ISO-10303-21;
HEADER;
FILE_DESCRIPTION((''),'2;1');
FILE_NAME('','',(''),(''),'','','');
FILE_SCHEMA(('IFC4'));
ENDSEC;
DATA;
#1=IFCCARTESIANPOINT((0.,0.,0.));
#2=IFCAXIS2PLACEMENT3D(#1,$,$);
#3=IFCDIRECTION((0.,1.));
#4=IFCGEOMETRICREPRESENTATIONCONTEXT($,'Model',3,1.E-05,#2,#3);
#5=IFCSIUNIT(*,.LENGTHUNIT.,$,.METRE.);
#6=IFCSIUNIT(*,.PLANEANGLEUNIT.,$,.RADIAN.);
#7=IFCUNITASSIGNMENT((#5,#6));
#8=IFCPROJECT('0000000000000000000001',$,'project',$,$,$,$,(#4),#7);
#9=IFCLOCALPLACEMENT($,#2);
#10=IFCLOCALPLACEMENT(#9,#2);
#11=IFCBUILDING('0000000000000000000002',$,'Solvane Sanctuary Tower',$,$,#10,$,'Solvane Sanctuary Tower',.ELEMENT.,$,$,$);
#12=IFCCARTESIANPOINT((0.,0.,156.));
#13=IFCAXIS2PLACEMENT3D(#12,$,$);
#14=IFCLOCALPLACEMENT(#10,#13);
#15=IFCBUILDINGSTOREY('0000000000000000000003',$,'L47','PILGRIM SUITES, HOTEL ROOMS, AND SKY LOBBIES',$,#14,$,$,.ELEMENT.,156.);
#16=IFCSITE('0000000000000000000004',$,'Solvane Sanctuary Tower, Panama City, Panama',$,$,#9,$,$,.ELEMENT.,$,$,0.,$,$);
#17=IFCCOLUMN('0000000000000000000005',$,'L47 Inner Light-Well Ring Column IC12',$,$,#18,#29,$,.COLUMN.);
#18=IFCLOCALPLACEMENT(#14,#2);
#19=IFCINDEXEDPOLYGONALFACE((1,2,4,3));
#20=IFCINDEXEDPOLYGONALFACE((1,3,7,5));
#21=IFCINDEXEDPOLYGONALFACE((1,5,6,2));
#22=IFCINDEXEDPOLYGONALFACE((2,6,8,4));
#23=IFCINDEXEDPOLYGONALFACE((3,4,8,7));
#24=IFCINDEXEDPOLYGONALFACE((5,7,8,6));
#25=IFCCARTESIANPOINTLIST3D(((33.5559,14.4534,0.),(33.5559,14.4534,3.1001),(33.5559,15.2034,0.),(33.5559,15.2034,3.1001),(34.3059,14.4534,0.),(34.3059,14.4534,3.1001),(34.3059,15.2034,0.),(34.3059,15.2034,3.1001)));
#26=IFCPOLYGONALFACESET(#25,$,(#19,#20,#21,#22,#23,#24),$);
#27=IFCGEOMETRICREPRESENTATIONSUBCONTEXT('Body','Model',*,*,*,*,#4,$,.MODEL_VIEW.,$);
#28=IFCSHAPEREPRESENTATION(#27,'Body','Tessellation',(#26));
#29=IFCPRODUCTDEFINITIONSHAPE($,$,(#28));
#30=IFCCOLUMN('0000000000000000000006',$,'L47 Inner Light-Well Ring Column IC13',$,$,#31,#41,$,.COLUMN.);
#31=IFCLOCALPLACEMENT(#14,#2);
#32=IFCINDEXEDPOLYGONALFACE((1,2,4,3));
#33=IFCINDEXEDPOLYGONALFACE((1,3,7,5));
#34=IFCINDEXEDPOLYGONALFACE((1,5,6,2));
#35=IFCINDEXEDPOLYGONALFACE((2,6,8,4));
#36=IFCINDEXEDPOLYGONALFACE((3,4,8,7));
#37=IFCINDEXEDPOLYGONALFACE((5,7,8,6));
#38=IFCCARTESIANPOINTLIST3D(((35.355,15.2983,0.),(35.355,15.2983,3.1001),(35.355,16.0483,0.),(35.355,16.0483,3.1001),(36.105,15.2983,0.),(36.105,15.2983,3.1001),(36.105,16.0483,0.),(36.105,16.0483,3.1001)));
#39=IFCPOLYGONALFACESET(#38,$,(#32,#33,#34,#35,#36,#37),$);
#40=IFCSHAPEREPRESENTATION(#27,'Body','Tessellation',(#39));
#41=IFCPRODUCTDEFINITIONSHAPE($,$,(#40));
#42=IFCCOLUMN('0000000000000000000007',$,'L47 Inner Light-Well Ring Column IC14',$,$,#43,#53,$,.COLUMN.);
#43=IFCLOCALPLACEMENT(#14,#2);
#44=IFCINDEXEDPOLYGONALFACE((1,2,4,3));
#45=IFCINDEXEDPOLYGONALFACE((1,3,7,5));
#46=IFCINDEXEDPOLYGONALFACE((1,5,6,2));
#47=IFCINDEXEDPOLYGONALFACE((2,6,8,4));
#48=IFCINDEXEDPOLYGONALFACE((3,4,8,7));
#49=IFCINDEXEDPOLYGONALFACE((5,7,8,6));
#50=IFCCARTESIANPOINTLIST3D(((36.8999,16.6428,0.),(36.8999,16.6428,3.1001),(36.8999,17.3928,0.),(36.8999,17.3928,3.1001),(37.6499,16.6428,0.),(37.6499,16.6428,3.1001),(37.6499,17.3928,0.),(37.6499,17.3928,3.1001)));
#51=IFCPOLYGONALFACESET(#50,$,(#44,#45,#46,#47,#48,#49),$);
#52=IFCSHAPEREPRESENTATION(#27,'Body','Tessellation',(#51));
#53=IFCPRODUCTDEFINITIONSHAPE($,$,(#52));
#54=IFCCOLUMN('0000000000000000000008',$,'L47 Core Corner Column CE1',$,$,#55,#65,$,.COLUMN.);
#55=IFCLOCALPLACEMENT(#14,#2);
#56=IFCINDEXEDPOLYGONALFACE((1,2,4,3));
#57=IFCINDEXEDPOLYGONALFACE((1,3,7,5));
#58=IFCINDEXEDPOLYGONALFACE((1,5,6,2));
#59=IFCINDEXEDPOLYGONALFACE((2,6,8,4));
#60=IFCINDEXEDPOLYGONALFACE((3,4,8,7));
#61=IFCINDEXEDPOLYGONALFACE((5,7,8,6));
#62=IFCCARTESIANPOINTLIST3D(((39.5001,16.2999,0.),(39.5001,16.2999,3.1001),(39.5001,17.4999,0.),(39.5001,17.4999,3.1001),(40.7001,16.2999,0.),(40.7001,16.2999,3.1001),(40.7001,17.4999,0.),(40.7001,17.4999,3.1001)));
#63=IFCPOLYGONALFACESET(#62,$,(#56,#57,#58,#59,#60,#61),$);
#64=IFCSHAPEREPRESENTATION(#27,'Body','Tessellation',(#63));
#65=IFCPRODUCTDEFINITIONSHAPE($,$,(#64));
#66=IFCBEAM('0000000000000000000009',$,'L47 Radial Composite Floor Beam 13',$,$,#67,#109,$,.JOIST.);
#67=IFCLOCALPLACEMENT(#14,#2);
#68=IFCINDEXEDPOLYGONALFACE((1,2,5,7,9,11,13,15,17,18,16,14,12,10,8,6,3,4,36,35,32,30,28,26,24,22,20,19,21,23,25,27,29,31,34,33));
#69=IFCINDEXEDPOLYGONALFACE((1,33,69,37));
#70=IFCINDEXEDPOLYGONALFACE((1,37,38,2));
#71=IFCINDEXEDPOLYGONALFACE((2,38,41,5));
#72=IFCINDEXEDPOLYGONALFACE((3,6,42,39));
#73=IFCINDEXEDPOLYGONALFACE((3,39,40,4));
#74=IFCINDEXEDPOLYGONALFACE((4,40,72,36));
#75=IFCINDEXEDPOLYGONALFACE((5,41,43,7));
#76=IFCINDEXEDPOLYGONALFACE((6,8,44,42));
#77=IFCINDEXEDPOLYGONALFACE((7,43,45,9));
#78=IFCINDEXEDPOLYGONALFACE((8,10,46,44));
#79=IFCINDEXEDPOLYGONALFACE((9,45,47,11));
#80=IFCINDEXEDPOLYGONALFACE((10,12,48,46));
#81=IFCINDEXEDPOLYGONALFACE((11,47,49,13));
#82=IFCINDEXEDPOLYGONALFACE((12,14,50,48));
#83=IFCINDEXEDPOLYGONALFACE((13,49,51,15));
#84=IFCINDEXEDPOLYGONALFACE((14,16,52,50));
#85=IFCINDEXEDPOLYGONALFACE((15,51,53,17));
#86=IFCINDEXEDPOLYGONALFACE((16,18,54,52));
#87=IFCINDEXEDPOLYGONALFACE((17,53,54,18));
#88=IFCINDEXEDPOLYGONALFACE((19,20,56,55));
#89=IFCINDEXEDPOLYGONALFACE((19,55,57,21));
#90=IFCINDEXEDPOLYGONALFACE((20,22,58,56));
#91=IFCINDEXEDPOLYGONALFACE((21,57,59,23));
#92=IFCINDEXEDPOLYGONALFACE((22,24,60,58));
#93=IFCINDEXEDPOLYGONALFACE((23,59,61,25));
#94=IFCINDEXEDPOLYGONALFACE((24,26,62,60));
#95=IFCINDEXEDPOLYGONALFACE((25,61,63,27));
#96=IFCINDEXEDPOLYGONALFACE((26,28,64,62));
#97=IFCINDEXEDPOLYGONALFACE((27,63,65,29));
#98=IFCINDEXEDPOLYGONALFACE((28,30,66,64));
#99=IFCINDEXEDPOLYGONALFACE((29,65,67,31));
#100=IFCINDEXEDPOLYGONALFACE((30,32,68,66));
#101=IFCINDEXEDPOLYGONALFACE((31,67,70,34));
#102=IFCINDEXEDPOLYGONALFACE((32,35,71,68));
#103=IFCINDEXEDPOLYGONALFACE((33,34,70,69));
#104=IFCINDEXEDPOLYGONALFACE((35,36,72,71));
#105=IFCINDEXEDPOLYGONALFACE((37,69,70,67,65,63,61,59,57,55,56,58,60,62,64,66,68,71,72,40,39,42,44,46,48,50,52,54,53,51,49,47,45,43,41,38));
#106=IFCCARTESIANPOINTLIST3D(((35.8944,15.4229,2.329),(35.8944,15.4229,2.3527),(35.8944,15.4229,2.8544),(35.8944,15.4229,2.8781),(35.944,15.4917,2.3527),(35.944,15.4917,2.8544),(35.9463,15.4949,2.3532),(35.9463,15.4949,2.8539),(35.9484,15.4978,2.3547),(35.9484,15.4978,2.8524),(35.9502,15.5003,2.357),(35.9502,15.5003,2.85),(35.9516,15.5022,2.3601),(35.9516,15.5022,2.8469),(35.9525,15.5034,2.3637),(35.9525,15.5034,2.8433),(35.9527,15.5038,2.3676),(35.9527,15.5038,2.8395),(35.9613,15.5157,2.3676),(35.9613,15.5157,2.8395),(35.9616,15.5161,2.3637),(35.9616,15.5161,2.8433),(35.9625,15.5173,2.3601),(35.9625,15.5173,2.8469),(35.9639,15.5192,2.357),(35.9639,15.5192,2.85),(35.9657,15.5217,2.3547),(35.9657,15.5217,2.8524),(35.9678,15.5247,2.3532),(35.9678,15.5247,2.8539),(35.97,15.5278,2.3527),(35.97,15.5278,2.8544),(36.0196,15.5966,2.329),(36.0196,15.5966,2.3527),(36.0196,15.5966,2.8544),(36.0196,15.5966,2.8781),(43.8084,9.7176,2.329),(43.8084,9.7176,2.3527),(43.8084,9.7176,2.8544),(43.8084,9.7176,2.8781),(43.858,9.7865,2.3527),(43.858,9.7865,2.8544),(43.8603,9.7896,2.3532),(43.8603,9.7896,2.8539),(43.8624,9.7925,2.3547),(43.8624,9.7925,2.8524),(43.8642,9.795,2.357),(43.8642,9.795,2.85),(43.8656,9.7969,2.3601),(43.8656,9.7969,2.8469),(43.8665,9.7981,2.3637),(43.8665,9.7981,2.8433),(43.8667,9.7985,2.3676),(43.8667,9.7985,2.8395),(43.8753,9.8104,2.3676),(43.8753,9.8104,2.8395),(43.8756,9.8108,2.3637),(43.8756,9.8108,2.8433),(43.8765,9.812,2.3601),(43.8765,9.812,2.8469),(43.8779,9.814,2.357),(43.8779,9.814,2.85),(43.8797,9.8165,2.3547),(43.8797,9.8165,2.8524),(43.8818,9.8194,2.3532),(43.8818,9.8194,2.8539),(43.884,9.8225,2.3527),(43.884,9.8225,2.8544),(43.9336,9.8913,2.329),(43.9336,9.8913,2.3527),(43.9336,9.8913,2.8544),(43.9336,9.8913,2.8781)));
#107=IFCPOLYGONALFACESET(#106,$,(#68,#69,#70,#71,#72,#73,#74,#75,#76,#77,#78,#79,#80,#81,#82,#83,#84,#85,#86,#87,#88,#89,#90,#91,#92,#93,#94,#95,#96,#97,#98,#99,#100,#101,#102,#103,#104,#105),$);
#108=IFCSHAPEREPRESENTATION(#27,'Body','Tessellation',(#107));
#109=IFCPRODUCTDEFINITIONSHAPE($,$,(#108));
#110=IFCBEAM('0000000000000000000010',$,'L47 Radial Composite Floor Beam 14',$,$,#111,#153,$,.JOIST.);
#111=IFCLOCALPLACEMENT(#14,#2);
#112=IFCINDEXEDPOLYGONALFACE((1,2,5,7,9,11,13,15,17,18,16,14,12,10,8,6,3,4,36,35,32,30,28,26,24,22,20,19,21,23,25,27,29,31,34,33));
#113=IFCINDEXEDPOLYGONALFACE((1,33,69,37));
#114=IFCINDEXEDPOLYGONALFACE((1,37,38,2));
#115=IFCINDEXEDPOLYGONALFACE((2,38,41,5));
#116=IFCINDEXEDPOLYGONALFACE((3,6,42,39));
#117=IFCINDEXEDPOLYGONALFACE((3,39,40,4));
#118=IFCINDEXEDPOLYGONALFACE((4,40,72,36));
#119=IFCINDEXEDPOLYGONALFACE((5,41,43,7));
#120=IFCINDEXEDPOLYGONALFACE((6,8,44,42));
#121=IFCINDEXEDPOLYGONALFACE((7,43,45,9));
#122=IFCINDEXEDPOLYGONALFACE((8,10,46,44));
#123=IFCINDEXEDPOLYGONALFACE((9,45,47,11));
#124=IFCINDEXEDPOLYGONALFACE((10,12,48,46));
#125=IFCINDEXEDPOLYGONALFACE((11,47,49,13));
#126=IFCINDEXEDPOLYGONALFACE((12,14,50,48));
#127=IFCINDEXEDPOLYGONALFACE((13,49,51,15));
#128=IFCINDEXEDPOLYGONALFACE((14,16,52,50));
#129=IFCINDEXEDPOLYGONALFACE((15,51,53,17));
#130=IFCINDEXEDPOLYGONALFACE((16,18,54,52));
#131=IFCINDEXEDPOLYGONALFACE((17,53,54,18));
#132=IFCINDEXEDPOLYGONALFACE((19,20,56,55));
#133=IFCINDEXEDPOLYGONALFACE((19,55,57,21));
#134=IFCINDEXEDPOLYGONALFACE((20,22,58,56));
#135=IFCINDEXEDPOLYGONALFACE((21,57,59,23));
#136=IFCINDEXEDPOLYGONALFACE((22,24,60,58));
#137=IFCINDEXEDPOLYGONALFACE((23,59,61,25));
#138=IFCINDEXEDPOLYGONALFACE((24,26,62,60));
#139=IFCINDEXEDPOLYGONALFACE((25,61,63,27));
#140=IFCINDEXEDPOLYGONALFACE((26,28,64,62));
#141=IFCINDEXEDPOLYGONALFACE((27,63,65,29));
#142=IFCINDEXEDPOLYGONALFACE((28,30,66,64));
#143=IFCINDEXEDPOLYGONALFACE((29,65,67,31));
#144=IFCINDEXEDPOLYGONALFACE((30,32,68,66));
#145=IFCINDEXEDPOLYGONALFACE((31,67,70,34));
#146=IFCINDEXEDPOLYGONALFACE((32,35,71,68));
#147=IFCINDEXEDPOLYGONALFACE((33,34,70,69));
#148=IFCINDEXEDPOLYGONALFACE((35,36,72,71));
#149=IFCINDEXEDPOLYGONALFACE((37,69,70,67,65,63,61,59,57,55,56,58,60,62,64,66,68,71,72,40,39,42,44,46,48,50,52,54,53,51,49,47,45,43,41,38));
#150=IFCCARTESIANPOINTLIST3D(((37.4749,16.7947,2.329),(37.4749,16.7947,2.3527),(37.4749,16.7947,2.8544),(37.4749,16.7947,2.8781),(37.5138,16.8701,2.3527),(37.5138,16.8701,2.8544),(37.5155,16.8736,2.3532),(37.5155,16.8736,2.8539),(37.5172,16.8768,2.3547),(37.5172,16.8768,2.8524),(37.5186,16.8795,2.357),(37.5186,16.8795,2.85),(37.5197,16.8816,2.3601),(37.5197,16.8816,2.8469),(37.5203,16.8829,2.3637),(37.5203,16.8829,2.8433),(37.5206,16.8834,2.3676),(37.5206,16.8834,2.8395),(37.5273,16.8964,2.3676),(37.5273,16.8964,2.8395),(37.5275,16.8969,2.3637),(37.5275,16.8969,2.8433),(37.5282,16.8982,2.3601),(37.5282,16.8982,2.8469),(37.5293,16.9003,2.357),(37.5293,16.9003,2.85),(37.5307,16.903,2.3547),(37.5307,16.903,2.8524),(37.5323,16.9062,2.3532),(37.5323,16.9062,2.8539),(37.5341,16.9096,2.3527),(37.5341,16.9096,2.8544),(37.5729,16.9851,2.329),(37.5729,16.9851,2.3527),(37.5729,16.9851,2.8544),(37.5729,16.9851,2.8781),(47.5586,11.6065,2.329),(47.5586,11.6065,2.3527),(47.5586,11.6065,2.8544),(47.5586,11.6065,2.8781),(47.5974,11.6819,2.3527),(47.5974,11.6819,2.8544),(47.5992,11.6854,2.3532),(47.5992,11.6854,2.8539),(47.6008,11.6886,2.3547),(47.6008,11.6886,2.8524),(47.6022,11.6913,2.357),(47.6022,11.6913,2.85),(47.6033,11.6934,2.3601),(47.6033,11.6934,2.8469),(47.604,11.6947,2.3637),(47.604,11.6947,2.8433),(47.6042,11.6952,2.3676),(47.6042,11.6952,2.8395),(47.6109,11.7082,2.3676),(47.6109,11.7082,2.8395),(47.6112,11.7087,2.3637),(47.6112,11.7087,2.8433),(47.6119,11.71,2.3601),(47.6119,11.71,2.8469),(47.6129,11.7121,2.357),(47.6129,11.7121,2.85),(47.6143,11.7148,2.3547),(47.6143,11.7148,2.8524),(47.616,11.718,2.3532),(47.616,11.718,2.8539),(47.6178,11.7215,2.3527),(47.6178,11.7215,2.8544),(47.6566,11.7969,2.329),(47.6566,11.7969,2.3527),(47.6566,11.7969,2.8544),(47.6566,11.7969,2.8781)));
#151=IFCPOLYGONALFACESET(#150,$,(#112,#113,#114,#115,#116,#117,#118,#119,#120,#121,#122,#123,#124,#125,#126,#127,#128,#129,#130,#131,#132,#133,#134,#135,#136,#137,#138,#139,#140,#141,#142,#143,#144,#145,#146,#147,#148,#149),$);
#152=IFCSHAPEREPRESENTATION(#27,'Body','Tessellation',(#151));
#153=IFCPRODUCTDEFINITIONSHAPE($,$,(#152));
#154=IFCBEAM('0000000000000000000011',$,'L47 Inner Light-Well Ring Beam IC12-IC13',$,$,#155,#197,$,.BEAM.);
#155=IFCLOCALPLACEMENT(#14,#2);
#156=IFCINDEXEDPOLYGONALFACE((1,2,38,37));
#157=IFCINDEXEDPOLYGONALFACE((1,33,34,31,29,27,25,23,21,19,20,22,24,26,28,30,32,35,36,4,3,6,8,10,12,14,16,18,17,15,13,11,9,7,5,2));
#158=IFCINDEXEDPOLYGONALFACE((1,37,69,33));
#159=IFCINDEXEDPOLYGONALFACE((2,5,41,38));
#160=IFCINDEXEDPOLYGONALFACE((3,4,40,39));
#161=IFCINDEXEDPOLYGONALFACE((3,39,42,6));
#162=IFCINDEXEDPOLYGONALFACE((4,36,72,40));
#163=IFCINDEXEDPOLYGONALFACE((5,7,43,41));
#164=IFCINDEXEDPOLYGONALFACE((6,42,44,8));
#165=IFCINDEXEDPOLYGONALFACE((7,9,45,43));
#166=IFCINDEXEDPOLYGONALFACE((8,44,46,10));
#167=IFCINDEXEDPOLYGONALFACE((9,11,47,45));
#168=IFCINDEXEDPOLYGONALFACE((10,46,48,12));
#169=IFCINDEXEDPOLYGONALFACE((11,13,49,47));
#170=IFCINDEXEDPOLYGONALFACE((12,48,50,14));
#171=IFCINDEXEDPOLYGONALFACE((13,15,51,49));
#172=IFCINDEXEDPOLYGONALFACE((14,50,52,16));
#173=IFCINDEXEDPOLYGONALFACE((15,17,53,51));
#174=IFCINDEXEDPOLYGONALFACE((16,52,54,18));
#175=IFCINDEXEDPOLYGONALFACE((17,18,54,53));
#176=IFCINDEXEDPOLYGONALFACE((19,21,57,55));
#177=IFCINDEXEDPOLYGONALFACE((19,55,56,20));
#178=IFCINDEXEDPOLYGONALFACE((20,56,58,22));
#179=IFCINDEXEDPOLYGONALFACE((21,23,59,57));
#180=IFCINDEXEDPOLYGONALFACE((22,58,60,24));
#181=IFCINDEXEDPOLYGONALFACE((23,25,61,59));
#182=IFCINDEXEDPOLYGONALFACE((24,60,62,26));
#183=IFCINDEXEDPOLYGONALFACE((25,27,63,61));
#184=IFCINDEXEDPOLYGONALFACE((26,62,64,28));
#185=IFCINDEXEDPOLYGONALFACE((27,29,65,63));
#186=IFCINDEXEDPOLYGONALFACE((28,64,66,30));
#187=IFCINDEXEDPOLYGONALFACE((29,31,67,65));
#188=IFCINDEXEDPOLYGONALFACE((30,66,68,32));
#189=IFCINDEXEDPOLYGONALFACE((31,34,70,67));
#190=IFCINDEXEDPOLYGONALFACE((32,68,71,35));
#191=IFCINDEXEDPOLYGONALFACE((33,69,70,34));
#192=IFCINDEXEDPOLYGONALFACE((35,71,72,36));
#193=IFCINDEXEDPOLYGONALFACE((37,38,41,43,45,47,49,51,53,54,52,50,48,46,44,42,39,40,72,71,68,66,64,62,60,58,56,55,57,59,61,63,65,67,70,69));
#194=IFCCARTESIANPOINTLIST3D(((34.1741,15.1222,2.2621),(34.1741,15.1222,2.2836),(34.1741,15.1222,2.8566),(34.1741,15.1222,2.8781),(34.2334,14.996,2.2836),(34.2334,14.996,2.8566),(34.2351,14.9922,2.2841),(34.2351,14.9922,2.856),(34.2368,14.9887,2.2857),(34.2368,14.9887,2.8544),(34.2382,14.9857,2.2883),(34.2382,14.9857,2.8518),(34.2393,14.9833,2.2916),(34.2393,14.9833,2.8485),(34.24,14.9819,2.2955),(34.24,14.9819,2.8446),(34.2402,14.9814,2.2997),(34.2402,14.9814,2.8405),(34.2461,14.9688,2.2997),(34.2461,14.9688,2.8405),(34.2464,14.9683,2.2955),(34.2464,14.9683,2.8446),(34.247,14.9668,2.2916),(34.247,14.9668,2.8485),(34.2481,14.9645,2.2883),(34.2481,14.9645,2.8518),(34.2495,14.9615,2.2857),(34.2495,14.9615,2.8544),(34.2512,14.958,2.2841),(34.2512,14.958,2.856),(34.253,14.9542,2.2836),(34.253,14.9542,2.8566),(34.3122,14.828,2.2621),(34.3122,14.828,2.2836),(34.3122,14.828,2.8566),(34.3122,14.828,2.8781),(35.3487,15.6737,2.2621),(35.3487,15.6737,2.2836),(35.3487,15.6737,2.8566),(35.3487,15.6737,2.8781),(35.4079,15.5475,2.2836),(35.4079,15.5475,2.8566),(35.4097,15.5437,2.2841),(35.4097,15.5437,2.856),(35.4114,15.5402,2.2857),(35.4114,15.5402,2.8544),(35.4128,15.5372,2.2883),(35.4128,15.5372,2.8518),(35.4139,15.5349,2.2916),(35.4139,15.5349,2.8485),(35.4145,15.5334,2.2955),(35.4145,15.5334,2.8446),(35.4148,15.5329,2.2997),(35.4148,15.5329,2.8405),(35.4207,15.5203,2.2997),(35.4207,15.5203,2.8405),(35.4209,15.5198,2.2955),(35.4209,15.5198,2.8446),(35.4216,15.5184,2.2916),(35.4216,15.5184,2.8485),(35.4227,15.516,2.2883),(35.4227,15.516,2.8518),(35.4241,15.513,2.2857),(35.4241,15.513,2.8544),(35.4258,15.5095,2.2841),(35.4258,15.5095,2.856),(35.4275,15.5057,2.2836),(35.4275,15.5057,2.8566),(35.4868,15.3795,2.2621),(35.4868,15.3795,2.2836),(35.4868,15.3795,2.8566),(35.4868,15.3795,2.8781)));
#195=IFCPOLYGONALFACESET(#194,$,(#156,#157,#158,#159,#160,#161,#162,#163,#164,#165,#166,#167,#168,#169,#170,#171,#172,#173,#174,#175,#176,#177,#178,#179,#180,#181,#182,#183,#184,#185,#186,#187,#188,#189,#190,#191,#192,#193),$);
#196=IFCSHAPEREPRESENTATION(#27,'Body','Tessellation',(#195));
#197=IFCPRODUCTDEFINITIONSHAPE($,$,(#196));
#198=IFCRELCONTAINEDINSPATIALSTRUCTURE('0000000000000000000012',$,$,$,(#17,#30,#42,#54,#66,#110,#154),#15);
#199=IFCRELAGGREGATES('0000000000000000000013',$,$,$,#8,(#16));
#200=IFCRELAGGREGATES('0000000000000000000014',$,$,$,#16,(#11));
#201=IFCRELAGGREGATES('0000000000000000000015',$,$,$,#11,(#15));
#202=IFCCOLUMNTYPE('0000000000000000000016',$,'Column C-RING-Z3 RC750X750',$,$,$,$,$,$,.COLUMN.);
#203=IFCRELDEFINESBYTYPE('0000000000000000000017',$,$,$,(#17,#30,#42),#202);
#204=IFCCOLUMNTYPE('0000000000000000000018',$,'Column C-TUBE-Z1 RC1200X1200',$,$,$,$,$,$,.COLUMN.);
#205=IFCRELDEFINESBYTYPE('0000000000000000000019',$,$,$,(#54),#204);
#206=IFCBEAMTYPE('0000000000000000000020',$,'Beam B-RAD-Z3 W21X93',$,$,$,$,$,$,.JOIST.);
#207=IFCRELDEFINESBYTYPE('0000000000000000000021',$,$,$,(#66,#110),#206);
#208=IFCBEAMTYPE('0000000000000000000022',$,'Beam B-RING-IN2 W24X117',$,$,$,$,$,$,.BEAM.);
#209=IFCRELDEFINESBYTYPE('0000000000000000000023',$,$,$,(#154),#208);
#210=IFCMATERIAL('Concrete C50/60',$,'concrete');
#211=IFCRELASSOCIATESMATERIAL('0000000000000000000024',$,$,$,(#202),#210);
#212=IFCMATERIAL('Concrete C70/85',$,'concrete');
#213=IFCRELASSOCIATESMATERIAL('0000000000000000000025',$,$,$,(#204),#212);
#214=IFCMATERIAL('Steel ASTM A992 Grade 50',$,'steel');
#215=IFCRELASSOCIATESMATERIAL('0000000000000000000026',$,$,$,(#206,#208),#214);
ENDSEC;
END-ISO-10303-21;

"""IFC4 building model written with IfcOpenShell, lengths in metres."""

from ifc_helpers import new_model, si_unit, direction, frame, origin, origin_2d, place, context, subcontext, project, spatial, rectangle, i_section, extrude, material, material_profile, profile_set, type_object, element, save


model = new_model("IFC4")

# Units and contexts
model_context = context("Model", 3, precision=1e-05, world=origin(), true_north=direction((0.0, 1.0)))
body_context = subcontext(model_context, "Body", "Model", "MODEL_VIEW")
ifc_project = project(units=[si_unit("LENGTHUNIT", "METRE"), si_unit("PLANEANGLEUNIT", "RADIAN")], contexts=[model_context])

# Site, building, storey
site_placement = place(None, origin())
site = spatial("IfcSite", under=ifc_project, at=site_placement, Name="Solvane Sanctuary Tower, Panama City, Panama", CompositionType="ELEMENT", RefElevation=0.0)
building_placement = place(site_placement, origin())
building = spatial("IfcBuilding", under=site, at=building_placement, Name="Solvane Sanctuary Tower", LongName="Solvane Sanctuary Tower", CompositionType="ELEMENT")
storey_placement = place(building_placement, frame((0.0, 0.0, 156.0)))
storey = spatial("IfcBuildingStorey", under=building, at=storey_placement, Name="L47", Description="PILGRIM SUITES, HOTEL ROOMS, AND SKY LOBBIES", CompositionType="ELEMENT", Elevation=156.0)

# Columns
ifc_material_1 = material(Name="Concrete C50/60", Category="concrete")
ifc_material_profile_1 = material_profile(ifc_material_1, rectangle(XDim=0.75, YDim=0.75, at=origin_2d()), Name="RC750X750")
ifc_profile_set_1 = profile_set([ifc_material_profile_1], Name="Concrete C50/60")
column_type_1 = type_object("IfcColumnType", Name="Column C-RING-Z3 RC750X750", PredefinedType="COLUMN", material=ifc_profile_set_1)
for number, where, z_axis, x_axis, name in (
    (1, (33.9309, 14.8284, 0.0), (0.0, 0.0, 1.0), (1.0, 0.0, 0.0), "L47 Inner Light-Well Ring Column IC12"),
    (2, (35.73, 15.6733, 0.0), (0.0, 0.0, 1.0), (1.0, 0.0, 0.0), "L47 Inner Light-Well Ring Column IC13"),
    (3, (37.2749, 17.0178, 0.0), (0.0, 0.0, 1.0), (1.0, 0.0, 0.0), "L47 Inner Light-Well Ring Column IC14"),
):
    element("IfcColumn", number, at=place(storey_placement, frame(where, z_axis=z_axis, x_axis=x_axis)), inside=storey, type_object=column_type_1, Name=name, PredefinedType="COLUMN", context=body_context, shape_type="SweptSolid", body=[
        extrude(rectangle(XDim=0.75, YDim=0.75, at=origin_2d()), origin(), (0.0, 0.0, 1.0), 3.1001),
    ])
ifc_material_2 = material(Name="Concrete C70/85", Category="concrete")
ifc_material_profile_2 = material_profile(ifc_material_2, rectangle(XDim=1.2, YDim=1.2, at=origin_2d()), Name="RC1200X1200")
ifc_profile_set_2 = profile_set([ifc_material_profile_2], Name="Concrete C70/85")
column_type_2 = type_object("IfcColumnType", Name="Column C-TUBE-Z1 RC1200X1200", PredefinedType="COLUMN", material=ifc_profile_set_2)
column_placement = place(storey_placement, frame((40.1001, 16.8999, 0.0), z_axis=(0.0, 0.0, 1.0), x_axis=(1.0, 0.0, 0.0)))
element("IfcColumn", 4, at=column_placement, inside=storey, type_object=column_type_2, Name="L47 Core Corner Column CE1", PredefinedType="COLUMN", context=body_context, shape_type="SweptSolid", body=[
    extrude(rectangle(XDim=1.2, YDim=1.2, at=origin_2d()), origin(), (0.0, 0.0, 1.0), 3.1001),
])

# Beams
ifc_material_3 = material(Name="Steel ASTM A992 Grade 50", Category="steel")
ifc_material_profile_3 = material_profile(ifc_material_3, i_section(OverallWidth=0.2141, OverallDepth=0.5491, WebThickness=0.0146, FlangeThickness=0.0237, FilletRadius=0.0149, at=origin_2d()), Name="W21X93")
ifc_profile_set_3 = profile_set([ifc_material_profile_3], Name="Steel ASTM A992 Grade 50")
beam_type_1 = type_object("IfcBeamType", Name="Beam B-RAD-Z3 W21X93", PredefinedType="JOIST", material=ifc_profile_set_3)
beam_1_placement = place(storey_placement, frame((35.957, 15.5098, 2.6035), z_axis=(0.811184, -0.58479, 0.0), x_axis=(0.58479, 0.811184, 0.0)))
element("IfcBeam", 5, at=beam_1_placement, inside=storey, type_object=beam_type_1, Name="L47 Radial Composite Floor Beam 13", PredefinedType="JOIST", context=body_context, shape_type="SweptSolid", body=[
    extrude(i_section(OverallWidth=0.2141, OverallDepth=0.5491, WebThickness=0.0146, FlangeThickness=0.0237, FilletRadius=0.0149, at=origin_2d()), origin(), (0.0, 0.0, 1.0), 9.7561),
])
beam_2_placement = place(storey_placement, frame((37.5239, 16.8899, 2.6035), z_axis=(0.889205, -0.457509, 0.0), x_axis=(0.457509, 0.889205, 0.0)))
element("IfcBeam", 6, at=beam_2_placement, inside=storey, type_object=beam_type_1, Name="L47 Radial Composite Floor Beam 14", PredefinedType="JOIST", context=body_context, shape_type="SweptSolid", body=[
    extrude(i_section(OverallWidth=0.2141, OverallDepth=0.5491, WebThickness=0.0146, FlangeThickness=0.0237, FilletRadius=0.0149, at=origin_2d()), origin(), (0.0, 0.0, 1.0), 11.3401),
])
ifc_material_profile_4 = material_profile(ifc_material_3, i_section(OverallWidth=0.325, OverallDepth=0.616, WebThickness=0.0139, FlangeThickness=0.0215, FilletRadius=0.0161, at=origin_2d()), Name="W24X117")
ifc_profile_set_4 = profile_set([ifc_material_profile_4], Name="Steel ASTM A992 Grade 50")
beam_type_2 = type_object("IfcBeamType", Name="Beam B-RING-IN2 W24X117", PredefinedType="BEAM", material=ifc_profile_set_4)
beam_3_placement = place(storey_placement, frame((34.2432, 14.9751, 2.5701), z_axis=(0.905181, 0.425027, 0.0), x_axis=(-0.425027, 0.905181, 0.0)))
element("IfcBeam", 7, at=beam_3_placement, inside=storey, type_object=beam_type_2, Name="L47 Inner Light-Well Ring Beam IC12-IC13", PredefinedType="BEAM", context=body_context, shape_type="SweptSolid", body=[
    extrude(i_section(OverallWidth=0.325, OverallDepth=0.616, WebThickness=0.0139, FlangeThickness=0.0215, FilletRadius=0.0161, at=origin_2d()), origin(), (0.0, 0.0, 1.0), 1.2976),
])

save(model, "model.ifc")
